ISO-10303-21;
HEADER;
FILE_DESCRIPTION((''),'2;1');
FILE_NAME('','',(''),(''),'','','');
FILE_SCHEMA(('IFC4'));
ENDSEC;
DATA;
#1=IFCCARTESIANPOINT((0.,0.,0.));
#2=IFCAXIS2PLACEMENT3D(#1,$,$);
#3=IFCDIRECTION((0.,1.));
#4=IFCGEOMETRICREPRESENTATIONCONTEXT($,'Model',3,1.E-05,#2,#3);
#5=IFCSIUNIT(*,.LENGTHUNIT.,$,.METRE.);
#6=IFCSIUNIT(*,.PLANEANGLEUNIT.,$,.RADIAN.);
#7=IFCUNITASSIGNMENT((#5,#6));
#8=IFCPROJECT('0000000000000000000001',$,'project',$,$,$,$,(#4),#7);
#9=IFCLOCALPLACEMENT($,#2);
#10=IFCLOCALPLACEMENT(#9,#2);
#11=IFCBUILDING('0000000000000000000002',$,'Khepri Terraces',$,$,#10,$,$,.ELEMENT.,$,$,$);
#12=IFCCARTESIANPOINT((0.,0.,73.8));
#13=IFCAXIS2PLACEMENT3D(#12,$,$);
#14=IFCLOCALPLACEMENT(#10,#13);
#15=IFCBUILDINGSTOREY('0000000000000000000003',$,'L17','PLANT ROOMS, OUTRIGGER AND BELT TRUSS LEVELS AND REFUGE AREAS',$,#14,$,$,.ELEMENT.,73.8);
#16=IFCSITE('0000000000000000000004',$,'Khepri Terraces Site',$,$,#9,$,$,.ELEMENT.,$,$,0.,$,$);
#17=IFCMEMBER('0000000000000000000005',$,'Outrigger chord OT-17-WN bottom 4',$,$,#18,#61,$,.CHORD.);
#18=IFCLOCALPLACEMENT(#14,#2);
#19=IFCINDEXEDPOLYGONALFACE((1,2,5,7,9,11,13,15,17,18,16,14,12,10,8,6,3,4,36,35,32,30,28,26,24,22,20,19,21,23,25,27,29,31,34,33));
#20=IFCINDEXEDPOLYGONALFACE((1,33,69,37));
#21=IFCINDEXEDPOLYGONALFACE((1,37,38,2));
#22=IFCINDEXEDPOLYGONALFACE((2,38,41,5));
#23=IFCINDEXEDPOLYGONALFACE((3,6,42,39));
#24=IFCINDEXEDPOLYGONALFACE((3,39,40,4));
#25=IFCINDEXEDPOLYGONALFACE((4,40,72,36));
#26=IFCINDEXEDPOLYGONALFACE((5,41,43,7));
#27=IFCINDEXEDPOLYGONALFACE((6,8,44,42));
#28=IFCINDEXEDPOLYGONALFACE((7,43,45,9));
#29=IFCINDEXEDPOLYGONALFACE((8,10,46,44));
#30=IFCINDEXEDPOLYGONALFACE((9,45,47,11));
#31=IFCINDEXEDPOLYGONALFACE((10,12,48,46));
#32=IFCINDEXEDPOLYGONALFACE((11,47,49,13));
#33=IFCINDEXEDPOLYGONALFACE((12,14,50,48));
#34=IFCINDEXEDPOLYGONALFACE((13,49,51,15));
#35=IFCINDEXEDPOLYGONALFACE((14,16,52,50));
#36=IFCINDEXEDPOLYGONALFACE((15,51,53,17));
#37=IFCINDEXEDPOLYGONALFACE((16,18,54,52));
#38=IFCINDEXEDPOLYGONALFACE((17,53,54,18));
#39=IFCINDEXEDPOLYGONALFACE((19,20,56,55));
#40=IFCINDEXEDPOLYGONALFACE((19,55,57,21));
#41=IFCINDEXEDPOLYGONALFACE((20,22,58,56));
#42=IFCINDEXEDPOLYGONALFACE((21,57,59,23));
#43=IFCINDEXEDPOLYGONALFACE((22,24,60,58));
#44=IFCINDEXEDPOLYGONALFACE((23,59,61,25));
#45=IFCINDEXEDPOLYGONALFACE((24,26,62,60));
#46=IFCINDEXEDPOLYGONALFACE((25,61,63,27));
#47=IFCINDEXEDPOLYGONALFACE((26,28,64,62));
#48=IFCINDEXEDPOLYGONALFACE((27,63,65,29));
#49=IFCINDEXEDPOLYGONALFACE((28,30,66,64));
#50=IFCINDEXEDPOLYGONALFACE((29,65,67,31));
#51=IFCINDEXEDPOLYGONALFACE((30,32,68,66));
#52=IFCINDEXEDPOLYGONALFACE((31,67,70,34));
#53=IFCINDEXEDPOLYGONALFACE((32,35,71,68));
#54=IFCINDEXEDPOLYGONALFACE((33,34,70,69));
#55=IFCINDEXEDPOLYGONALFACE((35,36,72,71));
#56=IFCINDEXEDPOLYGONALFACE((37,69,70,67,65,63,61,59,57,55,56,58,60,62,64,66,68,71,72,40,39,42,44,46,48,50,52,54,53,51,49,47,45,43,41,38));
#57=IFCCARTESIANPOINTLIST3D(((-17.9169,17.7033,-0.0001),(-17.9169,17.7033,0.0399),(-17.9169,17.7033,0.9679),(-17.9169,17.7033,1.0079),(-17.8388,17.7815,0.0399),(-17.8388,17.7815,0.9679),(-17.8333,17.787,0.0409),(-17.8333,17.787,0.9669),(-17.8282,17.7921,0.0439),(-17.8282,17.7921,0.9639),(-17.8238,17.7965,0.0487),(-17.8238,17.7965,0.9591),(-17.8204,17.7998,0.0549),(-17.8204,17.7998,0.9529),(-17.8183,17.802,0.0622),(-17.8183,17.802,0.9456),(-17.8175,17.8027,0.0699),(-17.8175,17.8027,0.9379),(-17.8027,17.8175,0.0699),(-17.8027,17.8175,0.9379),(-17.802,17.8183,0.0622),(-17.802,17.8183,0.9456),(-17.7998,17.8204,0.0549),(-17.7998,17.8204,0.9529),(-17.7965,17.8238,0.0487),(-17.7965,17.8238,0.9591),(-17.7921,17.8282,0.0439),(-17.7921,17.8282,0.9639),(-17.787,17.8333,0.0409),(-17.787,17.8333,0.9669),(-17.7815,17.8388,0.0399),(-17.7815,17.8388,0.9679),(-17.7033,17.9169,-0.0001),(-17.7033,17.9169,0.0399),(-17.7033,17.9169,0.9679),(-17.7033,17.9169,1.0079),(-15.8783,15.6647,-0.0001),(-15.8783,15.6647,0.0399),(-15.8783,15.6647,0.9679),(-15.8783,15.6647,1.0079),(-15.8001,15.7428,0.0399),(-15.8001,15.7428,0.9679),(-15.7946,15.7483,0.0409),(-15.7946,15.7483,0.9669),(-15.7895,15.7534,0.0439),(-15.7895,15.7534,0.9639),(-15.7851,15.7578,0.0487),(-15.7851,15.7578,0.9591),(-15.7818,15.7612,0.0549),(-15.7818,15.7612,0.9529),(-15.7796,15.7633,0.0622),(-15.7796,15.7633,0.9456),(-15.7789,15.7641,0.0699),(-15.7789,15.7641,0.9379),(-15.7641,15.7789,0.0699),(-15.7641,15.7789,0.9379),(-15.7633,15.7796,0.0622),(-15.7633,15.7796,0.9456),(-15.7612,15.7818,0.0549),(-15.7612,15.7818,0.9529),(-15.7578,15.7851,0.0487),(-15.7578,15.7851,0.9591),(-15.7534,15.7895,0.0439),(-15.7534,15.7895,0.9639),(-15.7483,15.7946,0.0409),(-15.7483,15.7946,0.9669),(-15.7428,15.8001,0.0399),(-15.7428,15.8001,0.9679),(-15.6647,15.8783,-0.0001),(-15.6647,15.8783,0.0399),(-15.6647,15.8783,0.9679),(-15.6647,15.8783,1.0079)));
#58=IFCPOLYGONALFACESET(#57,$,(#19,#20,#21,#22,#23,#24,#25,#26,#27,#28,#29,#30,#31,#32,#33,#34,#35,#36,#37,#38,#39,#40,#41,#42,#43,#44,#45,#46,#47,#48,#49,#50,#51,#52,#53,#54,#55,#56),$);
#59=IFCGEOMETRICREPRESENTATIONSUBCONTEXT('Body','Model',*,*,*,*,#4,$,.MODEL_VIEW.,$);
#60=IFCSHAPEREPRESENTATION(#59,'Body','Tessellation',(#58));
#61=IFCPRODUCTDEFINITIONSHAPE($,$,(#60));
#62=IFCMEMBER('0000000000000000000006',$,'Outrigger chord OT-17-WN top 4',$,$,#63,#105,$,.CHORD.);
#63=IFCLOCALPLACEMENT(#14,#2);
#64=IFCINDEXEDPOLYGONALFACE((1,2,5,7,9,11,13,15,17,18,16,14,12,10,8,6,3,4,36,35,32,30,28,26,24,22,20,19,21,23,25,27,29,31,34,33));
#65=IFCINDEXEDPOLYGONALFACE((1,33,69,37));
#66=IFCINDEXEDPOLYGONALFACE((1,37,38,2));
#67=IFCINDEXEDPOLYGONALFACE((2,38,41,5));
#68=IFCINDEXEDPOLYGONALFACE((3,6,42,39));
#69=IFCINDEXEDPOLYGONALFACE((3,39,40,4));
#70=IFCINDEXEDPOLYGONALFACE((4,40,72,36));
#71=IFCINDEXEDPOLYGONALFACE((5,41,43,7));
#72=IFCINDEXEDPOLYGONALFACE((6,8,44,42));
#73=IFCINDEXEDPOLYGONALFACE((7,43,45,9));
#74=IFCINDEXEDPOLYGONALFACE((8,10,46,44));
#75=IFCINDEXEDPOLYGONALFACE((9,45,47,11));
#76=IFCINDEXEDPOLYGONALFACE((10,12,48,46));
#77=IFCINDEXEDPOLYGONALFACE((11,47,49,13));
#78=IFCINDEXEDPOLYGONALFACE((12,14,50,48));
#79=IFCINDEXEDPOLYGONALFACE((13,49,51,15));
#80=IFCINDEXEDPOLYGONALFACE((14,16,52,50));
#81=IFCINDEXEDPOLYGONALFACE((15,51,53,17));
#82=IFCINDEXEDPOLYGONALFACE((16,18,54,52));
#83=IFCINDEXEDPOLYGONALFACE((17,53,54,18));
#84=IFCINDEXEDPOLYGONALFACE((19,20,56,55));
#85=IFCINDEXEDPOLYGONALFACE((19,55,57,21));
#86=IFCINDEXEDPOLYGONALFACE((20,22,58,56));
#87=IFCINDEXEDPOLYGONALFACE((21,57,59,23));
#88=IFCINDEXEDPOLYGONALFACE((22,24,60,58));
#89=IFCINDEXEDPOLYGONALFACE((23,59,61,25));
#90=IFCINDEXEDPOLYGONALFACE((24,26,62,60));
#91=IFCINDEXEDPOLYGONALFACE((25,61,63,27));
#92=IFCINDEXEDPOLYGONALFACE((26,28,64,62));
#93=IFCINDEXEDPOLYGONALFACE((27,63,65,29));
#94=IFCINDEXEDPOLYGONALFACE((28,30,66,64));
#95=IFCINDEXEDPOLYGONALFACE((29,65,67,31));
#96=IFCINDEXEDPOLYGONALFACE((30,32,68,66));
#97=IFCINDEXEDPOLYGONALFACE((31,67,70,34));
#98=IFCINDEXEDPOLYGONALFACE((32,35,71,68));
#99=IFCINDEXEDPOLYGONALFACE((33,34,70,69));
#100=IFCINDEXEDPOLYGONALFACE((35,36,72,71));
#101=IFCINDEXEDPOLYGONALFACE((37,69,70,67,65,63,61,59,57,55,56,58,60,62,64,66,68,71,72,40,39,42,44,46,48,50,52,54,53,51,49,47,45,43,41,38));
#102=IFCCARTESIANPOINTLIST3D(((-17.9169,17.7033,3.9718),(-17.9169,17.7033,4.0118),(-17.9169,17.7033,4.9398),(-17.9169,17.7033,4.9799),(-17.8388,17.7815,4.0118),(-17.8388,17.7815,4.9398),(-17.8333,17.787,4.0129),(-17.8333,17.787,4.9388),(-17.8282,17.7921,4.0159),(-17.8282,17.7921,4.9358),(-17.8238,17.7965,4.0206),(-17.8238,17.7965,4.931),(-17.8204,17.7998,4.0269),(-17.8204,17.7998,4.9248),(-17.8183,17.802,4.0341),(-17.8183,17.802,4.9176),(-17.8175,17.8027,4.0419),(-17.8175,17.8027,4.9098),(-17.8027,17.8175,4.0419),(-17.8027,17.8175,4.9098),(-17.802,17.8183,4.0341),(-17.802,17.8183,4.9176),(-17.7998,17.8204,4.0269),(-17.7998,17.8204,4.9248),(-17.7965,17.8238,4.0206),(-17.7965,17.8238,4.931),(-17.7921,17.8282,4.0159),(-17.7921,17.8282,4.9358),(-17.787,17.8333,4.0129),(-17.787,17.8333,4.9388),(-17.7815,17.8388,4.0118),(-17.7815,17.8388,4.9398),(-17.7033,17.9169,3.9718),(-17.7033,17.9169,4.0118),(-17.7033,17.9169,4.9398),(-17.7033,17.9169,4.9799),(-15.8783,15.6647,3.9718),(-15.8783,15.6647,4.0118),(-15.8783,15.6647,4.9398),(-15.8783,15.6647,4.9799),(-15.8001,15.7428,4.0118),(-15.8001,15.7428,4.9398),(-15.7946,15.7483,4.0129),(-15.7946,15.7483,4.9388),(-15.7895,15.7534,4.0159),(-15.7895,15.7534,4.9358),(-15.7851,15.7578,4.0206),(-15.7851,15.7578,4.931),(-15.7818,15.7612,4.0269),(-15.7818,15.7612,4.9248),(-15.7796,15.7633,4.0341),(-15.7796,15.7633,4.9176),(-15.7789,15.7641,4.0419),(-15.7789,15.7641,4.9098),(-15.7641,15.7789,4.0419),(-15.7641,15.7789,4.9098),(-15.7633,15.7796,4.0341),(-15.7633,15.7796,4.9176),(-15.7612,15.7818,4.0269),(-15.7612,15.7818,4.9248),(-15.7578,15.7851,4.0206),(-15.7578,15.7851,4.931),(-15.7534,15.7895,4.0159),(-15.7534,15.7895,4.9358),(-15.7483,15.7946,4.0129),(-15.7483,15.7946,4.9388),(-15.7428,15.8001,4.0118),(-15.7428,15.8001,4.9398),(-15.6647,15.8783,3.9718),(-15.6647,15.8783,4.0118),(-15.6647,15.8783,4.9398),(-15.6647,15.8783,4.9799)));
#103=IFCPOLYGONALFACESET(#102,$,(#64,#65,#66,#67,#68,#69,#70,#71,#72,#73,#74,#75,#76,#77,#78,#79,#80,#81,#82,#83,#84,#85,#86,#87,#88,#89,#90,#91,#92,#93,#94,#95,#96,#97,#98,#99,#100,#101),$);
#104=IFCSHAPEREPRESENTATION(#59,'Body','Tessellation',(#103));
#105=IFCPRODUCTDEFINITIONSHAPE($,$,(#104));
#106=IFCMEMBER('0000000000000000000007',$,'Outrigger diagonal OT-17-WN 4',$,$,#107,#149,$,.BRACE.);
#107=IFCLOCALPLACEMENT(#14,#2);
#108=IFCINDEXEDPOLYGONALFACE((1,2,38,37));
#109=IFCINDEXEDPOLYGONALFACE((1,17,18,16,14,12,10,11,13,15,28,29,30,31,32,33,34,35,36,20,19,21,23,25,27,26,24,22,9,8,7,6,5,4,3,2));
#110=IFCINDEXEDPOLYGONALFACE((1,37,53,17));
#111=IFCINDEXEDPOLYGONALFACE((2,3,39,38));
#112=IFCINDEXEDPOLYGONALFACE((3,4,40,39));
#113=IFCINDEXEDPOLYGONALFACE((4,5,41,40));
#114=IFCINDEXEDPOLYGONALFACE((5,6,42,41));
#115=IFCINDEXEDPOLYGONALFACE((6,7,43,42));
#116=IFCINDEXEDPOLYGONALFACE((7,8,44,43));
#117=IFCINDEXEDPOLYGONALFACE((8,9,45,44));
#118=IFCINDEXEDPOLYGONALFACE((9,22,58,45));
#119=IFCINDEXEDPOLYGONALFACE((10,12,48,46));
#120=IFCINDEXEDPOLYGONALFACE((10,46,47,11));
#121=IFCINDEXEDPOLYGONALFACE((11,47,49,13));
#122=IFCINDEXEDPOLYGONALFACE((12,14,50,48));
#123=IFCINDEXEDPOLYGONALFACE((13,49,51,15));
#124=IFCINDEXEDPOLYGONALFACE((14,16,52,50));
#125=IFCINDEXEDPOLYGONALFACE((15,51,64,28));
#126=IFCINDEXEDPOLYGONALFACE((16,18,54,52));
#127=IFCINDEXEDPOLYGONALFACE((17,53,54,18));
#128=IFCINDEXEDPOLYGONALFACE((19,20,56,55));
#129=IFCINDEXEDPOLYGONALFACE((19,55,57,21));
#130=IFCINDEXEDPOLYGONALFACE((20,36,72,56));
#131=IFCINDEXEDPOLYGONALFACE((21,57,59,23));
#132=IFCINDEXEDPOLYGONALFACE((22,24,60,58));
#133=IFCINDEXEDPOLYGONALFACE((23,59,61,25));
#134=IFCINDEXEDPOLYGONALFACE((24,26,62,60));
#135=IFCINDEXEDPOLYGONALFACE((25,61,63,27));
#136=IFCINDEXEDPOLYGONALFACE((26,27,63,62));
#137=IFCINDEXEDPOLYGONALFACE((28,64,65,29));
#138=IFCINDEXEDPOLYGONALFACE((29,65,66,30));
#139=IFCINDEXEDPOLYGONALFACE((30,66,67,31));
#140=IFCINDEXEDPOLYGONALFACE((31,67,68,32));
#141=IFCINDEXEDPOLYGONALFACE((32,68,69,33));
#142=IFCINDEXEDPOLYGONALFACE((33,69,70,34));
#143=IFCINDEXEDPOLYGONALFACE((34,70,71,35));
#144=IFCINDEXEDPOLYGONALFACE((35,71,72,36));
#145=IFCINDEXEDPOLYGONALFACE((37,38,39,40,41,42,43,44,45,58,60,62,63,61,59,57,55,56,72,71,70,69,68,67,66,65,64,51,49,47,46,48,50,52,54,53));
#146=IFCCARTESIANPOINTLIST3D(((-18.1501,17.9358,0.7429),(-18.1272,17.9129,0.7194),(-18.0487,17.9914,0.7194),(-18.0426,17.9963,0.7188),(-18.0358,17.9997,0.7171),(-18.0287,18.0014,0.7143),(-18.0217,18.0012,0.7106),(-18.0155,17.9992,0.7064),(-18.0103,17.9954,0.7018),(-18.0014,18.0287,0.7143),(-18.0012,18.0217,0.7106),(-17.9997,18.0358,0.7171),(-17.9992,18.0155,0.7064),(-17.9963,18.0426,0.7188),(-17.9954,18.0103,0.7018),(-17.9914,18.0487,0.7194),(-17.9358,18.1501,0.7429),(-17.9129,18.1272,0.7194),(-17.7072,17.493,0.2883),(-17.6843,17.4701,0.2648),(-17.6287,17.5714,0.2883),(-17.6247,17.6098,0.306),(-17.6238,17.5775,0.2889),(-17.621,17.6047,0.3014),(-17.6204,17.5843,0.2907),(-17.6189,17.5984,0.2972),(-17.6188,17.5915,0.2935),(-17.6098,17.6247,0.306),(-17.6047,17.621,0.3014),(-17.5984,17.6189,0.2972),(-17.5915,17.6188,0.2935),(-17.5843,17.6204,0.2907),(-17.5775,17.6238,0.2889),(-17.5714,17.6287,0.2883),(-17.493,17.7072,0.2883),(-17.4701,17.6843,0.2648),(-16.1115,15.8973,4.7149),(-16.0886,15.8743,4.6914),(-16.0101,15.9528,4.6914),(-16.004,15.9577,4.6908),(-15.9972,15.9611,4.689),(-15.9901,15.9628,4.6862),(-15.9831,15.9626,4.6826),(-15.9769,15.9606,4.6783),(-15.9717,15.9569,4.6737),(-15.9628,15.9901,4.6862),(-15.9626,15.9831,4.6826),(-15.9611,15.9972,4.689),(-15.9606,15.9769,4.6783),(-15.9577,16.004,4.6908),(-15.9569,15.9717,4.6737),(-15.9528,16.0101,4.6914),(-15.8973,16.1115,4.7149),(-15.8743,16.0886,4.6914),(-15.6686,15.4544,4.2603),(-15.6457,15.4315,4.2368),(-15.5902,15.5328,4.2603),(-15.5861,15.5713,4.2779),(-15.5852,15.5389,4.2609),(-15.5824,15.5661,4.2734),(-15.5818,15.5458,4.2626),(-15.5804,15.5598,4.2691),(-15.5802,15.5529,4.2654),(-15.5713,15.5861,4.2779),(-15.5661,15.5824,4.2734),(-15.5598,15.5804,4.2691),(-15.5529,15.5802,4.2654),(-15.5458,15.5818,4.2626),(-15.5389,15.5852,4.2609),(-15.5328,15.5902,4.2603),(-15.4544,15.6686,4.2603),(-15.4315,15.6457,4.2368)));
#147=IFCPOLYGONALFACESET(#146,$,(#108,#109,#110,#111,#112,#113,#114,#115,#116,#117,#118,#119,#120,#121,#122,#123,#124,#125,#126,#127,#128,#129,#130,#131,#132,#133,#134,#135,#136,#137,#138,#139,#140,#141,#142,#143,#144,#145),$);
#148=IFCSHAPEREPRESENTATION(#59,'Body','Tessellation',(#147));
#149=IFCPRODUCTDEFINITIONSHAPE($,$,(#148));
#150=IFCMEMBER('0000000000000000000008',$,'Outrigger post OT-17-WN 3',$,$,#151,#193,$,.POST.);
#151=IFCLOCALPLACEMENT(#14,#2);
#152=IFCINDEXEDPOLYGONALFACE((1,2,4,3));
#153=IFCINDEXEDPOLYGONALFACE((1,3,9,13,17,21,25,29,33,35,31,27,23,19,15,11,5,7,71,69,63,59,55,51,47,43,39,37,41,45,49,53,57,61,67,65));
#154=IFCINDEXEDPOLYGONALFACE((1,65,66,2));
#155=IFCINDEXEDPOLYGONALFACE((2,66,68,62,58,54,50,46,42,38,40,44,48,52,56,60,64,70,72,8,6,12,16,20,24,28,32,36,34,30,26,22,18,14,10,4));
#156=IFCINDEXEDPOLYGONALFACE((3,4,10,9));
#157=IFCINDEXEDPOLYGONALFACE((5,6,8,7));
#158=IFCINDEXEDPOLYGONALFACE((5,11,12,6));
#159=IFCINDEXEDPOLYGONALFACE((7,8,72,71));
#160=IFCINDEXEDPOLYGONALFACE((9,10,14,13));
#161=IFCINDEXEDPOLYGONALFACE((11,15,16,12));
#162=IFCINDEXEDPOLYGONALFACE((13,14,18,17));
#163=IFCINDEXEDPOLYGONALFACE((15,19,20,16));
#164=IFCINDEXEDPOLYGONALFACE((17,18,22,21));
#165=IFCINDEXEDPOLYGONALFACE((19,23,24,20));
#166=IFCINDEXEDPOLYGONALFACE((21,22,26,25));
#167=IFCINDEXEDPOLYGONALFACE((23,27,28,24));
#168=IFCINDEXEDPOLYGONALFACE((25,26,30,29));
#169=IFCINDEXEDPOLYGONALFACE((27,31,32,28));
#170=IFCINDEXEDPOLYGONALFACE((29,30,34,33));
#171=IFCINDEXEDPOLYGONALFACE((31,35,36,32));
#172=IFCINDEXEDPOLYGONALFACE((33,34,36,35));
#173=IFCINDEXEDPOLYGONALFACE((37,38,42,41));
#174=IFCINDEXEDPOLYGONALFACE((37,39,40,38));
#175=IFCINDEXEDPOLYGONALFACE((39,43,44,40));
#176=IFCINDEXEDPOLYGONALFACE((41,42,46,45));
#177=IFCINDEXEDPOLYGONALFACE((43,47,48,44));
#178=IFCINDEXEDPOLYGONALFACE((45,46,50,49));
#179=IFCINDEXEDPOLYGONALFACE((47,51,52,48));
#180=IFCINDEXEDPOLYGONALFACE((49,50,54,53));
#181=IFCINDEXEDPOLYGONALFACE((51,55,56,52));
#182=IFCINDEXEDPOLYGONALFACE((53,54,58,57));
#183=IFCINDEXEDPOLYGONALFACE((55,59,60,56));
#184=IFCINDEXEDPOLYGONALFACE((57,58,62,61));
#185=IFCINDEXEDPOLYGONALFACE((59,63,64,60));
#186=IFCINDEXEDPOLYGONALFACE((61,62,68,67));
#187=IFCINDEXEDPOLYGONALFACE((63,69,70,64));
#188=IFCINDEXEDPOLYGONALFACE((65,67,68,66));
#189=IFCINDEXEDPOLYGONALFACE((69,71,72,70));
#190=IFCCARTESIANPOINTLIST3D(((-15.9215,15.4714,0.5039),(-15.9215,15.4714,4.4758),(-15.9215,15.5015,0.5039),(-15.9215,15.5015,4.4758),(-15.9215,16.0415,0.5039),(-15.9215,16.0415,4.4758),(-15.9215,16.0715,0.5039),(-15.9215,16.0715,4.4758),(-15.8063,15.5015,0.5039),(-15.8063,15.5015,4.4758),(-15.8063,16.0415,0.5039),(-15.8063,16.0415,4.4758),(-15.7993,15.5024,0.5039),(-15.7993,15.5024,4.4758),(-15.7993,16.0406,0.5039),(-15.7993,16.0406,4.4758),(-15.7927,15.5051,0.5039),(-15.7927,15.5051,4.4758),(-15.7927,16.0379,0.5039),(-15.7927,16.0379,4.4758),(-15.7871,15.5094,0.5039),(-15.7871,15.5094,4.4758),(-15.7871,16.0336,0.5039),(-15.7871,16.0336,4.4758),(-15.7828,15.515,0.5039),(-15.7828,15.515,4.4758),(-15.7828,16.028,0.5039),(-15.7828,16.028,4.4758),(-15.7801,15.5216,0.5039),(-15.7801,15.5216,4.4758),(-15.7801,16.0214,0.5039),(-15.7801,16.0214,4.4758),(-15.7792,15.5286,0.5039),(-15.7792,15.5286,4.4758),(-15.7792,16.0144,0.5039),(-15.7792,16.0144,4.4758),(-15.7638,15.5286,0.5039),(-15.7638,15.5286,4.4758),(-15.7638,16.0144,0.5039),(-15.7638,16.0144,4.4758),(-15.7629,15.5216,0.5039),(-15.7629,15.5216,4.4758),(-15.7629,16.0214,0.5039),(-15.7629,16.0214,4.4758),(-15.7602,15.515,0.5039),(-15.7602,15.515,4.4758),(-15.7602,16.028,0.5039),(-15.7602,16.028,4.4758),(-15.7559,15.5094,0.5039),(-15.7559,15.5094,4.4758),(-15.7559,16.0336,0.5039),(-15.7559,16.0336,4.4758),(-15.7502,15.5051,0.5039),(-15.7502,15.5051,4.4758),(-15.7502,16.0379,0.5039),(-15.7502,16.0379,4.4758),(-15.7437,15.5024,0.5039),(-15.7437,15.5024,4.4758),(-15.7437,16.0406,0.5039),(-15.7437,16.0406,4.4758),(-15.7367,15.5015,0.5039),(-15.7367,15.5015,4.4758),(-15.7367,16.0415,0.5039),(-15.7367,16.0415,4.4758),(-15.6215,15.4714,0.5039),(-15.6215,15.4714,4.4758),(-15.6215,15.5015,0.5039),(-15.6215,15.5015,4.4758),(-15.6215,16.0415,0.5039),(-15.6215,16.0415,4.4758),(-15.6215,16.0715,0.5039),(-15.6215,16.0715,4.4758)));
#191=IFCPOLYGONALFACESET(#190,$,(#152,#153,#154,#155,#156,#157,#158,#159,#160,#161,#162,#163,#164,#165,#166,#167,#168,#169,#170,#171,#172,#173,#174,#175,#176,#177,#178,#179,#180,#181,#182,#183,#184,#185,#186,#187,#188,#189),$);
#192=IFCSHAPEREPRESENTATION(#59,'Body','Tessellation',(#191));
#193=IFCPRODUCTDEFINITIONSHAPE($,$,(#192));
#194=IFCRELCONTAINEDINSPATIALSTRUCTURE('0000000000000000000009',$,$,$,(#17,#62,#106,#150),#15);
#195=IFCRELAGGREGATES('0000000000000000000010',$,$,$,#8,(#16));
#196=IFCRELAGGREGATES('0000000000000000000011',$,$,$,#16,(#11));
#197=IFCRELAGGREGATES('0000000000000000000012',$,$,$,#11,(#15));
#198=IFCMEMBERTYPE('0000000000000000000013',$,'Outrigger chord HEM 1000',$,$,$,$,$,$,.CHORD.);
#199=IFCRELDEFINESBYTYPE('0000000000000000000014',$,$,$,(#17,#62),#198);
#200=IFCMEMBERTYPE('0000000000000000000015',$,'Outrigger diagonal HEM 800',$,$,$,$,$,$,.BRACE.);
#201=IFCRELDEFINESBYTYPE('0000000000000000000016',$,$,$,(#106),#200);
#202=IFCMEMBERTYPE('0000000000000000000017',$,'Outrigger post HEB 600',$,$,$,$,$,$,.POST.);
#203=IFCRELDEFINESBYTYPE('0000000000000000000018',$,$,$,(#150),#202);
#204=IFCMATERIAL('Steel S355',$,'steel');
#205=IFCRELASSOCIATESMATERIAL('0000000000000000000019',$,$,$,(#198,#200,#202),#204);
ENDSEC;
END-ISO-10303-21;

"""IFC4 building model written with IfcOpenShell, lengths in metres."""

from ifc_helpers import new_model, si_unit, direction, frame, origin, origin_2d, place, context, subcontext, project, spatial, i_section, extrude, material, material_profile, profile_set, type_object, element, save


model = new_model("IFC4")

# Units and contexts
model_context = context("Model", 3, precision=1e-05, world=origin(), true_north=direction((0.0, 1.0)))
body_context = subcontext(model_context, "Body", "Model", "MODEL_VIEW")
ifc_project = project(units=[si_unit("LENGTHUNIT", "METRE"), si_unit("PLANEANGLEUNIT", "RADIAN")], contexts=[model_context])

# Site, building, storey
site_placement = place(None, origin())
site = spatial("IfcSite", under=ifc_project, at=site_placement, Name="Khepri Terraces Site", CompositionType="ELEMENT", RefElevation=0.0)
building_placement = place(site_placement, origin())
building = spatial("IfcBuilding", under=site, at=building_placement, Name="Khepri Terraces", CompositionType="ELEMENT")
storey_placement = place(building_placement, frame((0.0, 0.0, 73.8)))
storey = spatial("IfcBuildingStorey", under=building, at=storey_placement, Name="L17", Description="PLANT ROOMS, OUTRIGGER AND BELT TRUSS LEVELS AND REFUGE AREAS", CompositionType="ELEMENT", Elevation=73.8)

# Members
ifc_material_1 = material(Name="Steel S355", Category="steel")
ifc_material_profile_1 = material_profile(ifc_material_1, i_section(OverallWidth=0.302, OverallDepth=1.0081, WebThickness=0.021, FlangeThickness=0.04, FilletRadius=0.03, at=origin_2d()), Name="Steel S355", Category="steel")
ifc_profile_set_1 = profile_set([ifc_material_profile_1], Name="Steel S355")
member_type_1 = type_object("IfcMemberType", Name="Outrigger chord HEM 1000", PredefinedType="CHORD", material=ifc_profile_set_1)
for number, where, z_axis, x_axis, name in (
    (1, (-15.7715, 15.7715, 0.5039), (-0.707107, 0.707107, 0.0), (-0.707107, -0.707107, 0.0), "Outrigger chord OT-17-WN bottom 4"),
    (2, (-15.7715, 15.7715, 4.4758), (-0.707107, 0.707107, 0.0), (-0.707107, -0.707107, 0.0), "Outrigger chord OT-17-WN top 4"),
):
    element("IfcMember", number, at=place(storey_placement, frame(where, z_axis=z_axis, x_axis=x_axis)), inside=storey, type_object=member_type_1, Name=name, PredefinedType="CHORD", context=body_context, shape_type="SweptSolid", body=[
        extrude(i_section(OverallWidth=0.302, OverallDepth=1.0081, WebThickness=0.021, FlangeThickness=0.04, FilletRadius=0.03, at=origin_2d()), origin(), (0.0, 0.0, 1.0), 2.8831),
    ])
ifc_material_profile_2 = material_profile(ifc_material_1, i_section(OverallWidth=0.303, OverallDepth=0.814, WebThickness=0.021, FlangeThickness=0.04, FilletRadius=0.03, at=origin_2d()), Name="Steel S355", Category="steel")
ifc_profile_set_2 = profile_set([ifc_material_profile_2], Name="Steel S355")
member_type_2 = type_object("IfcMemberType", Name="Outrigger diagonal HEM 800", PredefinedType="BRACE", material=ifc_profile_set_2)
member_1_placement = place(storey_placement, frame((-15.7715, 15.7715, 4.4758), z_axis=(-0.415364, 0.415364, -0.809287), x_axis=(-0.707107, -0.707107, 0.0)))
element("IfcMember", 3, at=member_1_placement, inside=storey, type_object=member_type_2, Name="Outrigger diagonal OT-17-WN 4", PredefinedType="BRACE", context=body_context, shape_type="SweptSolid", body=[
    extrude(i_section(OverallWidth=0.303, OverallDepth=0.814, WebThickness=0.021, FlangeThickness=0.04, FilletRadius=0.03, at=origin_2d()), origin(), (0.0, 0.0, 1.0), 4.908),
])
ifc_material_profile_3 = material_profile(ifc_material_1, i_section(OverallWidth=0.3, OverallDepth=0.6001, WebThickness=0.0154, FlangeThickness=0.03, FilletRadius=0.0271, at=origin_2d()), Name="Steel S355", Category="steel")
ifc_profile_set_3 = profile_set([ifc_material_profile_3], Name="Steel S355")
member_type_3 = type_object("IfcMemberType", Name="Outrigger post HEB 600", PredefinedType="POST", material=ifc_profile_set_3)
member_2_placement = place(storey_placement, frame((-15.7715, 15.7715, 0.5039), z_axis=(0.0, 0.0, 1.0), x_axis=(1.0, 0.0, 0.0)))
element("IfcMember", 4, at=member_2_placement, inside=storey, type_object=member_type_3, Name="Outrigger post OT-17-WN 3", PredefinedType="POST", context=body_context, shape_type="SweptSolid", body=[
    extrude(i_section(OverallWidth=0.3, OverallDepth=0.6001, WebThickness=0.0154, FlangeThickness=0.03, FilletRadius=0.0271, at=origin_2d()), origin(), (0.0, 0.0, 1.0), 3.9719),
])

save(model, "model.ifc")
